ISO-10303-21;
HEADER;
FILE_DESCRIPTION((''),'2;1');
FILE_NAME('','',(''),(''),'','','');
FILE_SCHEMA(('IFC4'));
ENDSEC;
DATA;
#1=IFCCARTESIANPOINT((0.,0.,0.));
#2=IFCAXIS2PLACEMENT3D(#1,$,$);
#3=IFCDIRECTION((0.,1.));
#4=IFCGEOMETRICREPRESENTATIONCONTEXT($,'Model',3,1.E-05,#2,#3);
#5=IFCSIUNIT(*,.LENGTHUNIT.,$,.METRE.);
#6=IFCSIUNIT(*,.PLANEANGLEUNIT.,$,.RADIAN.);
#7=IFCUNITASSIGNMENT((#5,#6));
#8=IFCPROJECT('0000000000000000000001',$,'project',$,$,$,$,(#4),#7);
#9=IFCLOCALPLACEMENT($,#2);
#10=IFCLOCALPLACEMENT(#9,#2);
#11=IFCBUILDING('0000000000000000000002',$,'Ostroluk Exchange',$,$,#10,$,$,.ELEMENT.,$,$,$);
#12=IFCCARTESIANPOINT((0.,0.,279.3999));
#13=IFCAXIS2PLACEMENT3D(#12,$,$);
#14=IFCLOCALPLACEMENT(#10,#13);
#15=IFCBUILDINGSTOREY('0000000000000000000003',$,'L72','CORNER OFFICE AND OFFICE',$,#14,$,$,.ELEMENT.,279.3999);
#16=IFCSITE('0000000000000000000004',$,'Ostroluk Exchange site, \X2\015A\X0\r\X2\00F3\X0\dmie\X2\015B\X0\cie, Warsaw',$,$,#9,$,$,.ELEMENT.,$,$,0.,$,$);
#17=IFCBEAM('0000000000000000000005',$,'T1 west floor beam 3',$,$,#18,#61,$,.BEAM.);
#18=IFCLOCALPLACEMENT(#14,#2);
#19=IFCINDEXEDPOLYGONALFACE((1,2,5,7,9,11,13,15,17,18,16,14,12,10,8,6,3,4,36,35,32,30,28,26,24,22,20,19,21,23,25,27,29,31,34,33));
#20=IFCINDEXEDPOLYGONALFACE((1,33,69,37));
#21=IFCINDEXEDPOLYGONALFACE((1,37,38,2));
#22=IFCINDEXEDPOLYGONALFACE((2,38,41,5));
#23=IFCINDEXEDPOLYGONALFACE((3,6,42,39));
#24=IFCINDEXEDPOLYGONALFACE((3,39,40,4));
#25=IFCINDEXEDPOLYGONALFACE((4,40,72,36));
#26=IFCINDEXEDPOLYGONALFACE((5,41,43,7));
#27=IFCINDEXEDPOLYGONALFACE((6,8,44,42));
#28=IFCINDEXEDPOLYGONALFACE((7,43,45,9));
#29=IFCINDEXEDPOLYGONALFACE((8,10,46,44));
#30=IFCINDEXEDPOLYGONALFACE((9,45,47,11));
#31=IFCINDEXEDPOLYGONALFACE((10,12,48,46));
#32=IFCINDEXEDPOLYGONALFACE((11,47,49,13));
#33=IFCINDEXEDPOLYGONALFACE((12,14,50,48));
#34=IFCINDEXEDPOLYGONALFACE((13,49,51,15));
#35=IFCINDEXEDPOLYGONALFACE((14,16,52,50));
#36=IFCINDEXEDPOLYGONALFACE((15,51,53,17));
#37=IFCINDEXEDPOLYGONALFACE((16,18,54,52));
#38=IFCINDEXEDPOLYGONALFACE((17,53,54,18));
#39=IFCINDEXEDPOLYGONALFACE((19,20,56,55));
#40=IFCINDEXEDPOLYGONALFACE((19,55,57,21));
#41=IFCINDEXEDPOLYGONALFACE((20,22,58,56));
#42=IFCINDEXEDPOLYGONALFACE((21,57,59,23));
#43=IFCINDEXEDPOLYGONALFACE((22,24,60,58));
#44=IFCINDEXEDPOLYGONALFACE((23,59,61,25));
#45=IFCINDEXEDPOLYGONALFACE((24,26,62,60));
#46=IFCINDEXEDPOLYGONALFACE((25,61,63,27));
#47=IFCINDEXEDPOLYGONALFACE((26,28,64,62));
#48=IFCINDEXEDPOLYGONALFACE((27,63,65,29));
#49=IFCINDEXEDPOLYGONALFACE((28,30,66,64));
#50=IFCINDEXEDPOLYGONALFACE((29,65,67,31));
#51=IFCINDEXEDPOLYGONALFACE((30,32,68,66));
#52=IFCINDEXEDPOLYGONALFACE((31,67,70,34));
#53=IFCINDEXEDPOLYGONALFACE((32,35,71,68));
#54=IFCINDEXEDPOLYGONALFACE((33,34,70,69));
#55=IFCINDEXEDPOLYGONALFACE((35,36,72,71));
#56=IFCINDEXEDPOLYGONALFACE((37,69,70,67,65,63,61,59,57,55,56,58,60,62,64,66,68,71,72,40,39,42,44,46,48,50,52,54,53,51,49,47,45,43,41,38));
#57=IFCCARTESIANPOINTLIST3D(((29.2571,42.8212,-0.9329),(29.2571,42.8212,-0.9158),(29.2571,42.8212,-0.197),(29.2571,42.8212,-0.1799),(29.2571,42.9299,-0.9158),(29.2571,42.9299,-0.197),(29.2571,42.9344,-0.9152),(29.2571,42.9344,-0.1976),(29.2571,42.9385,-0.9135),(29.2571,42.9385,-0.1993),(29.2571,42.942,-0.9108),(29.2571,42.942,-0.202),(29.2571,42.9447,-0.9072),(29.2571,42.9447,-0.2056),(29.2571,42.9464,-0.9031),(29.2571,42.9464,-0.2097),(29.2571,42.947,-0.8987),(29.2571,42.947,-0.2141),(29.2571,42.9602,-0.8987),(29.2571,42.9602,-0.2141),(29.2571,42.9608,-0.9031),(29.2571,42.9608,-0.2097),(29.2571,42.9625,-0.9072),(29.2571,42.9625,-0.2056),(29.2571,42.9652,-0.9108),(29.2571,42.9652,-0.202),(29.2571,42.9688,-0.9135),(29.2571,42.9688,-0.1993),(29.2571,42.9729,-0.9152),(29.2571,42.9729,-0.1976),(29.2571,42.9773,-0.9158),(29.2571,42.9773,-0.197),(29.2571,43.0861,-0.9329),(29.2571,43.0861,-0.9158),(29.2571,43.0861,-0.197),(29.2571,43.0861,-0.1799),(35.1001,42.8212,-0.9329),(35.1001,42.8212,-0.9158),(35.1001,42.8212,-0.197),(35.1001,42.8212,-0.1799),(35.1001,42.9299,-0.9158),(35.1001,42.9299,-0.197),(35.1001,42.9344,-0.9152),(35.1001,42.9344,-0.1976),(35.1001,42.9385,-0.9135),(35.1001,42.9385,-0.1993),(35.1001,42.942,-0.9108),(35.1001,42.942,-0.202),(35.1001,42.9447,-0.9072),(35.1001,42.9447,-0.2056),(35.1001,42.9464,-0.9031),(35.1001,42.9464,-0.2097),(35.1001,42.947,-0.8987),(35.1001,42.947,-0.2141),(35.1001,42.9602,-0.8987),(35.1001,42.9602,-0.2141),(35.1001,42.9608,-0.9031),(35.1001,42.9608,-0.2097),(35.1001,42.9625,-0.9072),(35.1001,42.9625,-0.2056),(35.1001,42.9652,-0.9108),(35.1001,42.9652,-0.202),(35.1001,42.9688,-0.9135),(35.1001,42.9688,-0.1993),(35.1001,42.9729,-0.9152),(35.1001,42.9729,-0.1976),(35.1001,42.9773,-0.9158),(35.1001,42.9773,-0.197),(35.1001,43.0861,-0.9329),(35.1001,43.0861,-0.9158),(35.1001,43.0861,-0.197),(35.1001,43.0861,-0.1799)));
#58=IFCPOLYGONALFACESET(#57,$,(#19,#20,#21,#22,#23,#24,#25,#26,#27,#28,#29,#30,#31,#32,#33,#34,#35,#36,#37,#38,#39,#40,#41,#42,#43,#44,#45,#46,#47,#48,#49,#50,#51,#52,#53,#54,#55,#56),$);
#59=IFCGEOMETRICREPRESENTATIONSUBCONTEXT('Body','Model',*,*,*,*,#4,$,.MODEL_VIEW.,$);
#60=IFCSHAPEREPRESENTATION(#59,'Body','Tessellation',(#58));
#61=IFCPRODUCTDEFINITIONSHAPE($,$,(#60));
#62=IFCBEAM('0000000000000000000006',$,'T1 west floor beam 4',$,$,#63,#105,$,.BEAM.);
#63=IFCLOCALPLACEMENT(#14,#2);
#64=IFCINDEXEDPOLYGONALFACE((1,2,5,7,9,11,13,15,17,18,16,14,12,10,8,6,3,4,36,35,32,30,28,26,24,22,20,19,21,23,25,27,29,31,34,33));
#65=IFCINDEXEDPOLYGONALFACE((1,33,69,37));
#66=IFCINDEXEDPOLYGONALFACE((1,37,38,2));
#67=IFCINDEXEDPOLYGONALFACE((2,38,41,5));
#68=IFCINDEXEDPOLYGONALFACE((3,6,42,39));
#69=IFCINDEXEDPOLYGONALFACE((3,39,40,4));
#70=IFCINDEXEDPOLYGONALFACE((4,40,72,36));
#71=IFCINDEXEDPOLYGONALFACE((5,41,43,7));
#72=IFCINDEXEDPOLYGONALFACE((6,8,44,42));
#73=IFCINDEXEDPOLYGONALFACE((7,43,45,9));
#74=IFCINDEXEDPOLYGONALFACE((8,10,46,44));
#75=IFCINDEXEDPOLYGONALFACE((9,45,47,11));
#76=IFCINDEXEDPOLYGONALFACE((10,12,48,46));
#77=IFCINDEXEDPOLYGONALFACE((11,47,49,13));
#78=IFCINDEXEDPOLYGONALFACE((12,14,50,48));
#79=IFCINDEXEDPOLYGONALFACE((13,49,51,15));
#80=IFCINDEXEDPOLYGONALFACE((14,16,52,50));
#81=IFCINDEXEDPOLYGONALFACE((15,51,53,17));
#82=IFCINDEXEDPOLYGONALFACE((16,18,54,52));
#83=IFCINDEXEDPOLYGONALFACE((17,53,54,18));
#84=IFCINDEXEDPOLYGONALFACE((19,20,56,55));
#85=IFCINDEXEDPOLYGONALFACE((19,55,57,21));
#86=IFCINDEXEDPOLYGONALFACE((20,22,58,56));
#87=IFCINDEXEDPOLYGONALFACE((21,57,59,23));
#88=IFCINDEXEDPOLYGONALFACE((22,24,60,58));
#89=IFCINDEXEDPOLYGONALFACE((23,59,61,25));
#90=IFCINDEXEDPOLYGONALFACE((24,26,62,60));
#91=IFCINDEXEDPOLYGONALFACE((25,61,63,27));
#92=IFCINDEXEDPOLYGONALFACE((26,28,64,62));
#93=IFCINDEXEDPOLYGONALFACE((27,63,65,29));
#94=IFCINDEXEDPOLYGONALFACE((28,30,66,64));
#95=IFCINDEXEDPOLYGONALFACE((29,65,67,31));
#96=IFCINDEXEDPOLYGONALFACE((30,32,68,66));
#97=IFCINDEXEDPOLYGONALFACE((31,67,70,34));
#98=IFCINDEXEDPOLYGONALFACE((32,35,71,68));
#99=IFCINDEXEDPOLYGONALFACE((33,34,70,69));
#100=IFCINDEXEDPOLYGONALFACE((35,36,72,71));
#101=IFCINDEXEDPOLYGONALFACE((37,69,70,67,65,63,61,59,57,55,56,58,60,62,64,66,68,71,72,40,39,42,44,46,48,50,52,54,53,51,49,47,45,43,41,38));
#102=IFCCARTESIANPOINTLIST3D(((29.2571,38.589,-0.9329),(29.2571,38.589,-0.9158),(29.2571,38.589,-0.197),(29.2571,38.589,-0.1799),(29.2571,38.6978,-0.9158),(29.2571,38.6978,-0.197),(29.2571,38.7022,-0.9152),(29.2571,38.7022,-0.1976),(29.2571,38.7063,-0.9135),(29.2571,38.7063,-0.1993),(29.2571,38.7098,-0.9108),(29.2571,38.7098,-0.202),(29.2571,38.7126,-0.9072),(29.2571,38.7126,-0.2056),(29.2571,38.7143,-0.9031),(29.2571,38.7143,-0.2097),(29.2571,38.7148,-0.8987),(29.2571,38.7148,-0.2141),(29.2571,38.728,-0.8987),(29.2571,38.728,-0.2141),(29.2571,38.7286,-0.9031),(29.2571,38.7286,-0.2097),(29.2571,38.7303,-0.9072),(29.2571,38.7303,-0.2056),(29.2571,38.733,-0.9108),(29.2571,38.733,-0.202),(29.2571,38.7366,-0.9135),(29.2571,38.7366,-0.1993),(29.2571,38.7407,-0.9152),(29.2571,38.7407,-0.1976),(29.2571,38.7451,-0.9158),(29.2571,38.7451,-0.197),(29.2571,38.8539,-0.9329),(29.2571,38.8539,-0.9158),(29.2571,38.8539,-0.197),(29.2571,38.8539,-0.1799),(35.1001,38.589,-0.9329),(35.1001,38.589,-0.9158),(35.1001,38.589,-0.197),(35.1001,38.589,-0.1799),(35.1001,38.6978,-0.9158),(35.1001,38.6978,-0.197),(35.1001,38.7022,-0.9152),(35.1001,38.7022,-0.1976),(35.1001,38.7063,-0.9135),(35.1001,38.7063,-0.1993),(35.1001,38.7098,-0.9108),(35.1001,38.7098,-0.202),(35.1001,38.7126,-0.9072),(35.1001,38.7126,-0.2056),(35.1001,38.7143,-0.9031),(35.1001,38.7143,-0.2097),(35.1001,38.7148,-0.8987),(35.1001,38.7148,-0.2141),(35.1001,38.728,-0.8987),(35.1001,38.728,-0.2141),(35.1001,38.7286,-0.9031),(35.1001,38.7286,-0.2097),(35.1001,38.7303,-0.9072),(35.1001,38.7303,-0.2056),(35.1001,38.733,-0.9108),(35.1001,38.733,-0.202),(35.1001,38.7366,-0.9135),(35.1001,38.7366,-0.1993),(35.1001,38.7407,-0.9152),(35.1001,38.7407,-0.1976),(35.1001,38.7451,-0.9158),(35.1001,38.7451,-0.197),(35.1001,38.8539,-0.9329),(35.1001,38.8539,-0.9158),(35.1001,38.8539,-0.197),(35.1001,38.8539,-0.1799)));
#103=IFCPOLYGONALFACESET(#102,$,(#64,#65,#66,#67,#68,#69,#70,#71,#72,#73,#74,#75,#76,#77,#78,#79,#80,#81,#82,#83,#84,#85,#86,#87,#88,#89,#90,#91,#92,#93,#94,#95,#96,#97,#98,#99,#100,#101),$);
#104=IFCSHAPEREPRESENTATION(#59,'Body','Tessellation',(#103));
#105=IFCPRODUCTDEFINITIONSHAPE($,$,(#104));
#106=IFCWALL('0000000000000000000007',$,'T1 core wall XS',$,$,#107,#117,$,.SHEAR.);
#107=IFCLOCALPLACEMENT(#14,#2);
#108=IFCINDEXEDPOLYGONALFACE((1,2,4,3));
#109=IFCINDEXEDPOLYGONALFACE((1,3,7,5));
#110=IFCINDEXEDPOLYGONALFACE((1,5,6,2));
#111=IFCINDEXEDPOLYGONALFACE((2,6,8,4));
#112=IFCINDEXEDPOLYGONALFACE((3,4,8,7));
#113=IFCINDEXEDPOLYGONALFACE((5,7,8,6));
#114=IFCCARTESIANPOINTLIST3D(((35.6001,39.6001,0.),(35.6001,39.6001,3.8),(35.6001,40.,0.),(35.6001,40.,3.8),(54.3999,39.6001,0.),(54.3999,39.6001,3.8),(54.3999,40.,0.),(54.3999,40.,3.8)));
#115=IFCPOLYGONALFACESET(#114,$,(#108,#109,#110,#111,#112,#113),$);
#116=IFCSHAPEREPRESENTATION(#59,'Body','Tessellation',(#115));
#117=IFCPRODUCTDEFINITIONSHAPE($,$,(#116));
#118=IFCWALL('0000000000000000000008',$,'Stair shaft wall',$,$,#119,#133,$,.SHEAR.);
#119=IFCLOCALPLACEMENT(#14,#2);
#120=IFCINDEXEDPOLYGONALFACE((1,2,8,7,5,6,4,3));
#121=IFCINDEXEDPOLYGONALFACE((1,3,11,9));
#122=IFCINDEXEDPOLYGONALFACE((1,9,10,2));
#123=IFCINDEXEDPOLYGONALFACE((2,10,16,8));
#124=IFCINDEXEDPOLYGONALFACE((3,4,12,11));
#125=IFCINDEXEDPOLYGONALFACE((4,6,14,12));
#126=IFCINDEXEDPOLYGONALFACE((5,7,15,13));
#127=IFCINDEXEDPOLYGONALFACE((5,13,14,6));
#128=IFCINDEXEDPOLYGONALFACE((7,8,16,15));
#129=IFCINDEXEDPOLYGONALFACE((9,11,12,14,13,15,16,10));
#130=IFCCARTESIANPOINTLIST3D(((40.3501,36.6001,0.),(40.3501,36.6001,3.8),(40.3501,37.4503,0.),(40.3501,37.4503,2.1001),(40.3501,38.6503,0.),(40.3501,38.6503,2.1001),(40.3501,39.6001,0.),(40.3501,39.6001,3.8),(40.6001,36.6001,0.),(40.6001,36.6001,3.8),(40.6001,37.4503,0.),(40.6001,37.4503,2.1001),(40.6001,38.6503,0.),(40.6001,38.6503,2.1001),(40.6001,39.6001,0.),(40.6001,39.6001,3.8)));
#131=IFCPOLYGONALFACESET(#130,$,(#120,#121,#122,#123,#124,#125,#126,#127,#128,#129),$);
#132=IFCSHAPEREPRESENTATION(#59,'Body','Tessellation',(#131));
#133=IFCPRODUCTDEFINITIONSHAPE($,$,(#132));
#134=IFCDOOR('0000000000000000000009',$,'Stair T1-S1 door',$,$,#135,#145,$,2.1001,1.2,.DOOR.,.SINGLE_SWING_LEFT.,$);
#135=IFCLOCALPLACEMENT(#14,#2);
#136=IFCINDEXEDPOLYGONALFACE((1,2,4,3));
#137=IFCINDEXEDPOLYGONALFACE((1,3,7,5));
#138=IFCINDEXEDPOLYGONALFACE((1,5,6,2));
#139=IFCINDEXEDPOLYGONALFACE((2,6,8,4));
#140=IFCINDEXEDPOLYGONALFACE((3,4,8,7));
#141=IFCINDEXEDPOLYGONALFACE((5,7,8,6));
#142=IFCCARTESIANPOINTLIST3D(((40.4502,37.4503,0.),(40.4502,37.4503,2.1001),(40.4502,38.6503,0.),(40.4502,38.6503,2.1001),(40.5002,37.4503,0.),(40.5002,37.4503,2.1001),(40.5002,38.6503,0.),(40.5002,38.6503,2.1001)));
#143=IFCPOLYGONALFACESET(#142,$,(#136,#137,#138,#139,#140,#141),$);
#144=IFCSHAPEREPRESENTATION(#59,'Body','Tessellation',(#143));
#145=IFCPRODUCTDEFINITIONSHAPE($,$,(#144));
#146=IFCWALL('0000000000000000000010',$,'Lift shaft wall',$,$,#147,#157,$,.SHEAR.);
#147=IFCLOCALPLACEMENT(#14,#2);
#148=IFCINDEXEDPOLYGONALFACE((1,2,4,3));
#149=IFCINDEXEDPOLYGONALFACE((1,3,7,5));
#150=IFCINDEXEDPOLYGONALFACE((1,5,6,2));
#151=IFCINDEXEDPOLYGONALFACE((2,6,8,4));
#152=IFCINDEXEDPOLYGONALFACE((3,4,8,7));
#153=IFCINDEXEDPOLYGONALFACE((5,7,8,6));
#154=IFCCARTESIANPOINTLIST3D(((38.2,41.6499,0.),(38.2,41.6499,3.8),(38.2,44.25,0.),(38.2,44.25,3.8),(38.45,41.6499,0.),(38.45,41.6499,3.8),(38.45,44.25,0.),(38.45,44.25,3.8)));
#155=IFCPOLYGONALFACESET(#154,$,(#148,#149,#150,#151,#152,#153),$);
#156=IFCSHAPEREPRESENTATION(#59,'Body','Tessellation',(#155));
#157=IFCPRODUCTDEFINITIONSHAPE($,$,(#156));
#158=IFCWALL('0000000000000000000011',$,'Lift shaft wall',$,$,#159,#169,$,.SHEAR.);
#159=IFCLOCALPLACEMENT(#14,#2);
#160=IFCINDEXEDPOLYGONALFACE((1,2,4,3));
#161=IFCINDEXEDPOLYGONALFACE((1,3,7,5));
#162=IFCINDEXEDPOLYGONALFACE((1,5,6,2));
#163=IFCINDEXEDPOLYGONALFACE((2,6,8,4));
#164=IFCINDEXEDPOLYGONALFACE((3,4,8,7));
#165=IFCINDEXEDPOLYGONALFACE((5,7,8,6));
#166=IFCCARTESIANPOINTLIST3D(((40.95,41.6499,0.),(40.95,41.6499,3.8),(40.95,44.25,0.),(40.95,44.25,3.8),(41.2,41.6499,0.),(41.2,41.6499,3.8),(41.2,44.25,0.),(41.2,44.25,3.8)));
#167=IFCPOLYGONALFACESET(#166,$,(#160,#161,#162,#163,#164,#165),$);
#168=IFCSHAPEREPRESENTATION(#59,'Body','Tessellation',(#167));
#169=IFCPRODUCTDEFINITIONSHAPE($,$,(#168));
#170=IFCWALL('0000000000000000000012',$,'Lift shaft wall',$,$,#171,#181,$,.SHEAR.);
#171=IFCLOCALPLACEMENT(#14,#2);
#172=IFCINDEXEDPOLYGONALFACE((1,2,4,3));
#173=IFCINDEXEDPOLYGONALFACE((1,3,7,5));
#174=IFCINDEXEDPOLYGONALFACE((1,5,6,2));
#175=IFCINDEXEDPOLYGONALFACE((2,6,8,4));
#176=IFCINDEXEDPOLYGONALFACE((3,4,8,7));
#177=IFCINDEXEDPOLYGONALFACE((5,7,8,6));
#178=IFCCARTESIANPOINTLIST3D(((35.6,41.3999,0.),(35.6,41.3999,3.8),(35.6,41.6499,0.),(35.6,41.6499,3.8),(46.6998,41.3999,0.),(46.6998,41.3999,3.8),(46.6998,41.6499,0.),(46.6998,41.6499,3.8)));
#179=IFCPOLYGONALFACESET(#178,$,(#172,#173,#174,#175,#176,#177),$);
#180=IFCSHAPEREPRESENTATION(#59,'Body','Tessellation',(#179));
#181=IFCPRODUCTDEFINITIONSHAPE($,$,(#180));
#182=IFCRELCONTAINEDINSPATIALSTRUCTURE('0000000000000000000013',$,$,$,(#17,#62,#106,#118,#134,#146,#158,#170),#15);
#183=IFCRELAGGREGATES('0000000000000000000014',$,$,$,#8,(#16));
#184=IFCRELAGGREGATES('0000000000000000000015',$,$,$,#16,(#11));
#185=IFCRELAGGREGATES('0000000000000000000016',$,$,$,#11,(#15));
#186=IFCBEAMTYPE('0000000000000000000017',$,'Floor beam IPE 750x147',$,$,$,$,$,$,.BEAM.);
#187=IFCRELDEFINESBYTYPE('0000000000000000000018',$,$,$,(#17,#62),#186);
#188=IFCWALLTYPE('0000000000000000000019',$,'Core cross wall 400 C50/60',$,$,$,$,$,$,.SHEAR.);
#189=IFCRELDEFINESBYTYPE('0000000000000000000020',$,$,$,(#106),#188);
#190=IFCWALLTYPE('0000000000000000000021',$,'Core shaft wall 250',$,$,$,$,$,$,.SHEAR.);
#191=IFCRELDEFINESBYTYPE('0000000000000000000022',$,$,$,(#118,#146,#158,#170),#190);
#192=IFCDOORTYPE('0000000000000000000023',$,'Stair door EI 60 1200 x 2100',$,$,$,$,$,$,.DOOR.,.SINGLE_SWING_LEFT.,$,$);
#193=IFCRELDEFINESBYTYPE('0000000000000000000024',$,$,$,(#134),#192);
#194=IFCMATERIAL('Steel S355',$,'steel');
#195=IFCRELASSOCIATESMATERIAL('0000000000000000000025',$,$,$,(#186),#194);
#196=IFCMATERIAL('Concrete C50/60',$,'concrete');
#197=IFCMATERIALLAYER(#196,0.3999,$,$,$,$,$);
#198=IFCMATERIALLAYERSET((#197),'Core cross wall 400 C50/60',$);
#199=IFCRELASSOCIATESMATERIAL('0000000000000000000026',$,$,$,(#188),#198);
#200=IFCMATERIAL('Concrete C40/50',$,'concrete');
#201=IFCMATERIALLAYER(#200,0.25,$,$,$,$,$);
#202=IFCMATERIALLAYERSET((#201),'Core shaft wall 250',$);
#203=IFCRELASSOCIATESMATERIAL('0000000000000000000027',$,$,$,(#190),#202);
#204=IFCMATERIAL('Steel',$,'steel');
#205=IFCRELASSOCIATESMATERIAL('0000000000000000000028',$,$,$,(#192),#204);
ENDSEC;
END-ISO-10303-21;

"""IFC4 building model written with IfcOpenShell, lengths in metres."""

from ifc_helpers import new_model, si_unit, direction, frame, frame_2d, origin, origin_2d, place, context, subcontext, project, spatial, rectangle, i_section, extrude, material, layer, layer_set, material_profile, profile_set, type_object, element, fill, save


model = new_model("IFC4")

# Units and contexts
model_context = context("Model", 3, precision=1e-05, world=origin(), true_north=direction((0.0, 1.0)))
body_context = subcontext(model_context, "Body", "Model", "MODEL_VIEW")
ifc_project = project(units=[si_unit("LENGTHUNIT", "METRE"), si_unit("PLANEANGLEUNIT", "RADIAN")], contexts=[model_context])

# Site, building, storey
site_placement = place(None, origin())
site = spatial("IfcSite", under=ifc_project, at=site_placement, Name="Ostroluk Exchange site, Śródmieście, Warsaw", CompositionType="ELEMENT", RefElevation=0.0)
building_placement = place(site_placement, origin())
building = spatial("IfcBuilding", under=site, at=building_placement, Name="Ostroluk Exchange", CompositionType="ELEMENT")
storey_placement = place(building_placement, frame((0.0, 0.0, 279.3999)))
storey = spatial("IfcBuildingStorey", under=building, at=storey_placement, Name="L72", Description="CORNER OFFICE AND OFFICE", CompositionType="ELEMENT", Elevation=279.3999)

# Beams
ifc_material_1 = material(Name="Steel S355", Category="steel")
ifc_material_profile = material_profile(ifc_material_1, i_section(OverallWidth=0.2649, OverallDepth=0.7529, WebThickness=0.0132, FlangeThickness=0.0171, FilletRadius=0.0171, at=origin_2d()), Name="IPE 750x147")
ifc_profile_set = profile_set([ifc_material_profile], Name="Steel S355")
beam_type = type_object("IfcBeamType", Name="Floor beam IPE 750x147", PredefinedType="BEAM", material=ifc_profile_set)
for number, where, z_axis, x_axis, name in (
    (1, (35.1001, 42.9536, -0.5564), (-1.0, 0.0, 0.0), (0.0, -1.0, 0.0), "T1 west floor beam 3"),
    (2, (35.1001, 38.7214, -0.5564), (-1.0, 0.0, 0.0), (0.0, -1.0, 0.0), "T1 west floor beam 4"),
):
    element("IfcBeam", number, at=place(storey_placement, frame(where, z_axis=z_axis, x_axis=x_axis)), inside=storey, type_object=beam_type, Name=name, PredefinedType="BEAM", context=body_context, shape_type="SweptSolid", body=[
        extrude(i_section(OverallWidth=0.2649, OverallDepth=0.7529, WebThickness=0.0132, FlangeThickness=0.0171, FilletRadius=0.0171, at=origin_2d()), origin(), (0.0, 0.0, 1.0), 5.843),
    ])

# Wall
ifc_material_2 = material(Name="Concrete C50/60", Category="concrete")
ifc_layer_1 = layer(ifc_material_2, 0.3999)
ifc_layer_set_1 = layer_set([ifc_layer_1], Name="Core cross wall 400 C50/60")
wall_type_1 = type_object("IfcWallType", Name="Core cross wall 400 C50/60", PredefinedType="SHEAR", material=ifc_layer_set_1)
wall_1_placement = place(storey_placement, frame((35.6001, 39.8, 0.0), z_axis=(0.0, 0.0, 1.0), x_axis=(1.0, 0.0, 0.0)))
element("IfcWall", 3, at=wall_1_placement, inside=storey, type_object=wall_type_1, Name="T1 core wall XS", PredefinedType="SHEAR", context=body_context, shape_type="SweptSolid", body=[
    extrude(rectangle(XDim=18.7998, YDim=0.3999, at=frame_2d((9.3999, 0.0))), origin(), (0.0, 0.0, 1.0), 3.8),
])

# Wall, opening, door
ifc_material_3 = material(Name="Concrete C40/50", Category="concrete")
ifc_layer_2 = layer(ifc_material_3, 0.25)
ifc_layer_set_2 = layer_set([ifc_layer_2], Name="Core shaft wall 250")
wall_type_2 = type_object("IfcWallType", Name="Core shaft wall 250", PredefinedType="SHEAR", material=ifc_layer_set_2)
wall_2_placement = place(storey_placement, frame((40.4751, 36.6001, 0.0), z_axis=(0.0, 0.0, 1.0), x_axis=(0.0, 1.0, 0.0)))
wall_2 = element("IfcWall", 4, at=wall_2_placement, inside=storey, type_object=wall_type_2, Name="Stair shaft wall", PredefinedType="SHEAR", context=body_context, shape_type="SweptSolid", body=[
    extrude(rectangle(XDim=3.0, YDim=0.25, at=frame_2d((1.5, 0.0))), origin(), (0.0, 0.0, 1.0), 3.8),
])
opening_1_placement = place(wall_2_placement, frame((0.8501, 0.0, 0.0)))
opening_1 = element("IfcOpeningElement", 5, at=opening_1_placement, cuts=wall_2, PredefinedType="OPENING", context=body_context, shape_type="SweptSolid", body=[
    extrude(rectangle(XDim=1.2, YDim=2.1001, at=frame_2d((0.6001, 1.05))), frame((0.0, 0.135, 0.0), z_axis=(0.0, -1.0, 0.0), x_axis=(1.0, 0.0, 0.0)), (0.0, 0.0, 1.0), 0.27),
])
ifc_material_4 = material(Name="Steel", Category="steel")
door_type_1 = type_object("IfcDoorType", Name="Stair door EI 60 1200 x 2100", OperationType="SINGLE_SWING_LEFT", PredefinedType="DOOR", material=ifc_material_4)
door_1_placement = place(opening_1_placement, origin())
door_1 = element("IfcDoor", 6, at=door_1_placement, inside=storey, type_object=door_type_1, Name="Stair T1-S1 door", OperationType="SINGLE_SWING_LEFT", OverallHeight=2.1001, OverallWidth=1.2, PredefinedType="DOOR", context=body_context, shape_type="SweptSolid", body=[
    extrude(rectangle(XDim=1.2, YDim=2.1001, at=frame_2d((0.6001, 1.05))), frame((0.0, 0.0249, 0.0), z_axis=(0.0, -1.0, 0.0), x_axis=(1.0, 0.0, 0.0)), (0.0, 0.0, 1.0), 0.05),
])
fill(opening_1, door_1)

# Walls
for number, where, z_axis, x_axis, name in (
    (7, (38.325, 44.25, 0.0), (0.0, 0.0, 1.0), (0.0, -1.0, 0.0), "Lift shaft wall"),
    (8, (41.075, 44.25, 0.0), (0.0, 0.0, 1.0), (0.0, -1.0, 0.0), "Lift shaft wall"),
):
    element("IfcWall", number, at=place(storey_placement, frame(where, z_axis=z_axis, x_axis=x_axis)), inside=storey, type_object=wall_type_2, Name=name, PredefinedType="SHEAR", context=body_context, shape_type="SweptSolid", body=[
        extrude(rectangle(XDim=2.6001, YDim=0.25, at=frame_2d((1.3, 0.0))), origin(), (0.0, 0.0, 1.0), 3.8),
    ])
wall_3_placement = place(storey_placement, frame((35.6001, 41.5249, 0.0), z_axis=(0.0, 0.0, 1.0), x_axis=(1.0, 0.0, 0.0)))
element("IfcWall", 9, at=wall_3_placement, inside=storey, type_object=wall_type_2, Name="Lift shaft wall", PredefinedType="SHEAR", context=body_context, shape_type="SweptSolid", body=[
    extrude(rectangle(XDim=11.0999, YDim=0.25, at=frame_2d((5.5498, 0.0))), origin(), (0.0, 0.0, 1.0), 3.8),
])

save(model, "model.ifc")
